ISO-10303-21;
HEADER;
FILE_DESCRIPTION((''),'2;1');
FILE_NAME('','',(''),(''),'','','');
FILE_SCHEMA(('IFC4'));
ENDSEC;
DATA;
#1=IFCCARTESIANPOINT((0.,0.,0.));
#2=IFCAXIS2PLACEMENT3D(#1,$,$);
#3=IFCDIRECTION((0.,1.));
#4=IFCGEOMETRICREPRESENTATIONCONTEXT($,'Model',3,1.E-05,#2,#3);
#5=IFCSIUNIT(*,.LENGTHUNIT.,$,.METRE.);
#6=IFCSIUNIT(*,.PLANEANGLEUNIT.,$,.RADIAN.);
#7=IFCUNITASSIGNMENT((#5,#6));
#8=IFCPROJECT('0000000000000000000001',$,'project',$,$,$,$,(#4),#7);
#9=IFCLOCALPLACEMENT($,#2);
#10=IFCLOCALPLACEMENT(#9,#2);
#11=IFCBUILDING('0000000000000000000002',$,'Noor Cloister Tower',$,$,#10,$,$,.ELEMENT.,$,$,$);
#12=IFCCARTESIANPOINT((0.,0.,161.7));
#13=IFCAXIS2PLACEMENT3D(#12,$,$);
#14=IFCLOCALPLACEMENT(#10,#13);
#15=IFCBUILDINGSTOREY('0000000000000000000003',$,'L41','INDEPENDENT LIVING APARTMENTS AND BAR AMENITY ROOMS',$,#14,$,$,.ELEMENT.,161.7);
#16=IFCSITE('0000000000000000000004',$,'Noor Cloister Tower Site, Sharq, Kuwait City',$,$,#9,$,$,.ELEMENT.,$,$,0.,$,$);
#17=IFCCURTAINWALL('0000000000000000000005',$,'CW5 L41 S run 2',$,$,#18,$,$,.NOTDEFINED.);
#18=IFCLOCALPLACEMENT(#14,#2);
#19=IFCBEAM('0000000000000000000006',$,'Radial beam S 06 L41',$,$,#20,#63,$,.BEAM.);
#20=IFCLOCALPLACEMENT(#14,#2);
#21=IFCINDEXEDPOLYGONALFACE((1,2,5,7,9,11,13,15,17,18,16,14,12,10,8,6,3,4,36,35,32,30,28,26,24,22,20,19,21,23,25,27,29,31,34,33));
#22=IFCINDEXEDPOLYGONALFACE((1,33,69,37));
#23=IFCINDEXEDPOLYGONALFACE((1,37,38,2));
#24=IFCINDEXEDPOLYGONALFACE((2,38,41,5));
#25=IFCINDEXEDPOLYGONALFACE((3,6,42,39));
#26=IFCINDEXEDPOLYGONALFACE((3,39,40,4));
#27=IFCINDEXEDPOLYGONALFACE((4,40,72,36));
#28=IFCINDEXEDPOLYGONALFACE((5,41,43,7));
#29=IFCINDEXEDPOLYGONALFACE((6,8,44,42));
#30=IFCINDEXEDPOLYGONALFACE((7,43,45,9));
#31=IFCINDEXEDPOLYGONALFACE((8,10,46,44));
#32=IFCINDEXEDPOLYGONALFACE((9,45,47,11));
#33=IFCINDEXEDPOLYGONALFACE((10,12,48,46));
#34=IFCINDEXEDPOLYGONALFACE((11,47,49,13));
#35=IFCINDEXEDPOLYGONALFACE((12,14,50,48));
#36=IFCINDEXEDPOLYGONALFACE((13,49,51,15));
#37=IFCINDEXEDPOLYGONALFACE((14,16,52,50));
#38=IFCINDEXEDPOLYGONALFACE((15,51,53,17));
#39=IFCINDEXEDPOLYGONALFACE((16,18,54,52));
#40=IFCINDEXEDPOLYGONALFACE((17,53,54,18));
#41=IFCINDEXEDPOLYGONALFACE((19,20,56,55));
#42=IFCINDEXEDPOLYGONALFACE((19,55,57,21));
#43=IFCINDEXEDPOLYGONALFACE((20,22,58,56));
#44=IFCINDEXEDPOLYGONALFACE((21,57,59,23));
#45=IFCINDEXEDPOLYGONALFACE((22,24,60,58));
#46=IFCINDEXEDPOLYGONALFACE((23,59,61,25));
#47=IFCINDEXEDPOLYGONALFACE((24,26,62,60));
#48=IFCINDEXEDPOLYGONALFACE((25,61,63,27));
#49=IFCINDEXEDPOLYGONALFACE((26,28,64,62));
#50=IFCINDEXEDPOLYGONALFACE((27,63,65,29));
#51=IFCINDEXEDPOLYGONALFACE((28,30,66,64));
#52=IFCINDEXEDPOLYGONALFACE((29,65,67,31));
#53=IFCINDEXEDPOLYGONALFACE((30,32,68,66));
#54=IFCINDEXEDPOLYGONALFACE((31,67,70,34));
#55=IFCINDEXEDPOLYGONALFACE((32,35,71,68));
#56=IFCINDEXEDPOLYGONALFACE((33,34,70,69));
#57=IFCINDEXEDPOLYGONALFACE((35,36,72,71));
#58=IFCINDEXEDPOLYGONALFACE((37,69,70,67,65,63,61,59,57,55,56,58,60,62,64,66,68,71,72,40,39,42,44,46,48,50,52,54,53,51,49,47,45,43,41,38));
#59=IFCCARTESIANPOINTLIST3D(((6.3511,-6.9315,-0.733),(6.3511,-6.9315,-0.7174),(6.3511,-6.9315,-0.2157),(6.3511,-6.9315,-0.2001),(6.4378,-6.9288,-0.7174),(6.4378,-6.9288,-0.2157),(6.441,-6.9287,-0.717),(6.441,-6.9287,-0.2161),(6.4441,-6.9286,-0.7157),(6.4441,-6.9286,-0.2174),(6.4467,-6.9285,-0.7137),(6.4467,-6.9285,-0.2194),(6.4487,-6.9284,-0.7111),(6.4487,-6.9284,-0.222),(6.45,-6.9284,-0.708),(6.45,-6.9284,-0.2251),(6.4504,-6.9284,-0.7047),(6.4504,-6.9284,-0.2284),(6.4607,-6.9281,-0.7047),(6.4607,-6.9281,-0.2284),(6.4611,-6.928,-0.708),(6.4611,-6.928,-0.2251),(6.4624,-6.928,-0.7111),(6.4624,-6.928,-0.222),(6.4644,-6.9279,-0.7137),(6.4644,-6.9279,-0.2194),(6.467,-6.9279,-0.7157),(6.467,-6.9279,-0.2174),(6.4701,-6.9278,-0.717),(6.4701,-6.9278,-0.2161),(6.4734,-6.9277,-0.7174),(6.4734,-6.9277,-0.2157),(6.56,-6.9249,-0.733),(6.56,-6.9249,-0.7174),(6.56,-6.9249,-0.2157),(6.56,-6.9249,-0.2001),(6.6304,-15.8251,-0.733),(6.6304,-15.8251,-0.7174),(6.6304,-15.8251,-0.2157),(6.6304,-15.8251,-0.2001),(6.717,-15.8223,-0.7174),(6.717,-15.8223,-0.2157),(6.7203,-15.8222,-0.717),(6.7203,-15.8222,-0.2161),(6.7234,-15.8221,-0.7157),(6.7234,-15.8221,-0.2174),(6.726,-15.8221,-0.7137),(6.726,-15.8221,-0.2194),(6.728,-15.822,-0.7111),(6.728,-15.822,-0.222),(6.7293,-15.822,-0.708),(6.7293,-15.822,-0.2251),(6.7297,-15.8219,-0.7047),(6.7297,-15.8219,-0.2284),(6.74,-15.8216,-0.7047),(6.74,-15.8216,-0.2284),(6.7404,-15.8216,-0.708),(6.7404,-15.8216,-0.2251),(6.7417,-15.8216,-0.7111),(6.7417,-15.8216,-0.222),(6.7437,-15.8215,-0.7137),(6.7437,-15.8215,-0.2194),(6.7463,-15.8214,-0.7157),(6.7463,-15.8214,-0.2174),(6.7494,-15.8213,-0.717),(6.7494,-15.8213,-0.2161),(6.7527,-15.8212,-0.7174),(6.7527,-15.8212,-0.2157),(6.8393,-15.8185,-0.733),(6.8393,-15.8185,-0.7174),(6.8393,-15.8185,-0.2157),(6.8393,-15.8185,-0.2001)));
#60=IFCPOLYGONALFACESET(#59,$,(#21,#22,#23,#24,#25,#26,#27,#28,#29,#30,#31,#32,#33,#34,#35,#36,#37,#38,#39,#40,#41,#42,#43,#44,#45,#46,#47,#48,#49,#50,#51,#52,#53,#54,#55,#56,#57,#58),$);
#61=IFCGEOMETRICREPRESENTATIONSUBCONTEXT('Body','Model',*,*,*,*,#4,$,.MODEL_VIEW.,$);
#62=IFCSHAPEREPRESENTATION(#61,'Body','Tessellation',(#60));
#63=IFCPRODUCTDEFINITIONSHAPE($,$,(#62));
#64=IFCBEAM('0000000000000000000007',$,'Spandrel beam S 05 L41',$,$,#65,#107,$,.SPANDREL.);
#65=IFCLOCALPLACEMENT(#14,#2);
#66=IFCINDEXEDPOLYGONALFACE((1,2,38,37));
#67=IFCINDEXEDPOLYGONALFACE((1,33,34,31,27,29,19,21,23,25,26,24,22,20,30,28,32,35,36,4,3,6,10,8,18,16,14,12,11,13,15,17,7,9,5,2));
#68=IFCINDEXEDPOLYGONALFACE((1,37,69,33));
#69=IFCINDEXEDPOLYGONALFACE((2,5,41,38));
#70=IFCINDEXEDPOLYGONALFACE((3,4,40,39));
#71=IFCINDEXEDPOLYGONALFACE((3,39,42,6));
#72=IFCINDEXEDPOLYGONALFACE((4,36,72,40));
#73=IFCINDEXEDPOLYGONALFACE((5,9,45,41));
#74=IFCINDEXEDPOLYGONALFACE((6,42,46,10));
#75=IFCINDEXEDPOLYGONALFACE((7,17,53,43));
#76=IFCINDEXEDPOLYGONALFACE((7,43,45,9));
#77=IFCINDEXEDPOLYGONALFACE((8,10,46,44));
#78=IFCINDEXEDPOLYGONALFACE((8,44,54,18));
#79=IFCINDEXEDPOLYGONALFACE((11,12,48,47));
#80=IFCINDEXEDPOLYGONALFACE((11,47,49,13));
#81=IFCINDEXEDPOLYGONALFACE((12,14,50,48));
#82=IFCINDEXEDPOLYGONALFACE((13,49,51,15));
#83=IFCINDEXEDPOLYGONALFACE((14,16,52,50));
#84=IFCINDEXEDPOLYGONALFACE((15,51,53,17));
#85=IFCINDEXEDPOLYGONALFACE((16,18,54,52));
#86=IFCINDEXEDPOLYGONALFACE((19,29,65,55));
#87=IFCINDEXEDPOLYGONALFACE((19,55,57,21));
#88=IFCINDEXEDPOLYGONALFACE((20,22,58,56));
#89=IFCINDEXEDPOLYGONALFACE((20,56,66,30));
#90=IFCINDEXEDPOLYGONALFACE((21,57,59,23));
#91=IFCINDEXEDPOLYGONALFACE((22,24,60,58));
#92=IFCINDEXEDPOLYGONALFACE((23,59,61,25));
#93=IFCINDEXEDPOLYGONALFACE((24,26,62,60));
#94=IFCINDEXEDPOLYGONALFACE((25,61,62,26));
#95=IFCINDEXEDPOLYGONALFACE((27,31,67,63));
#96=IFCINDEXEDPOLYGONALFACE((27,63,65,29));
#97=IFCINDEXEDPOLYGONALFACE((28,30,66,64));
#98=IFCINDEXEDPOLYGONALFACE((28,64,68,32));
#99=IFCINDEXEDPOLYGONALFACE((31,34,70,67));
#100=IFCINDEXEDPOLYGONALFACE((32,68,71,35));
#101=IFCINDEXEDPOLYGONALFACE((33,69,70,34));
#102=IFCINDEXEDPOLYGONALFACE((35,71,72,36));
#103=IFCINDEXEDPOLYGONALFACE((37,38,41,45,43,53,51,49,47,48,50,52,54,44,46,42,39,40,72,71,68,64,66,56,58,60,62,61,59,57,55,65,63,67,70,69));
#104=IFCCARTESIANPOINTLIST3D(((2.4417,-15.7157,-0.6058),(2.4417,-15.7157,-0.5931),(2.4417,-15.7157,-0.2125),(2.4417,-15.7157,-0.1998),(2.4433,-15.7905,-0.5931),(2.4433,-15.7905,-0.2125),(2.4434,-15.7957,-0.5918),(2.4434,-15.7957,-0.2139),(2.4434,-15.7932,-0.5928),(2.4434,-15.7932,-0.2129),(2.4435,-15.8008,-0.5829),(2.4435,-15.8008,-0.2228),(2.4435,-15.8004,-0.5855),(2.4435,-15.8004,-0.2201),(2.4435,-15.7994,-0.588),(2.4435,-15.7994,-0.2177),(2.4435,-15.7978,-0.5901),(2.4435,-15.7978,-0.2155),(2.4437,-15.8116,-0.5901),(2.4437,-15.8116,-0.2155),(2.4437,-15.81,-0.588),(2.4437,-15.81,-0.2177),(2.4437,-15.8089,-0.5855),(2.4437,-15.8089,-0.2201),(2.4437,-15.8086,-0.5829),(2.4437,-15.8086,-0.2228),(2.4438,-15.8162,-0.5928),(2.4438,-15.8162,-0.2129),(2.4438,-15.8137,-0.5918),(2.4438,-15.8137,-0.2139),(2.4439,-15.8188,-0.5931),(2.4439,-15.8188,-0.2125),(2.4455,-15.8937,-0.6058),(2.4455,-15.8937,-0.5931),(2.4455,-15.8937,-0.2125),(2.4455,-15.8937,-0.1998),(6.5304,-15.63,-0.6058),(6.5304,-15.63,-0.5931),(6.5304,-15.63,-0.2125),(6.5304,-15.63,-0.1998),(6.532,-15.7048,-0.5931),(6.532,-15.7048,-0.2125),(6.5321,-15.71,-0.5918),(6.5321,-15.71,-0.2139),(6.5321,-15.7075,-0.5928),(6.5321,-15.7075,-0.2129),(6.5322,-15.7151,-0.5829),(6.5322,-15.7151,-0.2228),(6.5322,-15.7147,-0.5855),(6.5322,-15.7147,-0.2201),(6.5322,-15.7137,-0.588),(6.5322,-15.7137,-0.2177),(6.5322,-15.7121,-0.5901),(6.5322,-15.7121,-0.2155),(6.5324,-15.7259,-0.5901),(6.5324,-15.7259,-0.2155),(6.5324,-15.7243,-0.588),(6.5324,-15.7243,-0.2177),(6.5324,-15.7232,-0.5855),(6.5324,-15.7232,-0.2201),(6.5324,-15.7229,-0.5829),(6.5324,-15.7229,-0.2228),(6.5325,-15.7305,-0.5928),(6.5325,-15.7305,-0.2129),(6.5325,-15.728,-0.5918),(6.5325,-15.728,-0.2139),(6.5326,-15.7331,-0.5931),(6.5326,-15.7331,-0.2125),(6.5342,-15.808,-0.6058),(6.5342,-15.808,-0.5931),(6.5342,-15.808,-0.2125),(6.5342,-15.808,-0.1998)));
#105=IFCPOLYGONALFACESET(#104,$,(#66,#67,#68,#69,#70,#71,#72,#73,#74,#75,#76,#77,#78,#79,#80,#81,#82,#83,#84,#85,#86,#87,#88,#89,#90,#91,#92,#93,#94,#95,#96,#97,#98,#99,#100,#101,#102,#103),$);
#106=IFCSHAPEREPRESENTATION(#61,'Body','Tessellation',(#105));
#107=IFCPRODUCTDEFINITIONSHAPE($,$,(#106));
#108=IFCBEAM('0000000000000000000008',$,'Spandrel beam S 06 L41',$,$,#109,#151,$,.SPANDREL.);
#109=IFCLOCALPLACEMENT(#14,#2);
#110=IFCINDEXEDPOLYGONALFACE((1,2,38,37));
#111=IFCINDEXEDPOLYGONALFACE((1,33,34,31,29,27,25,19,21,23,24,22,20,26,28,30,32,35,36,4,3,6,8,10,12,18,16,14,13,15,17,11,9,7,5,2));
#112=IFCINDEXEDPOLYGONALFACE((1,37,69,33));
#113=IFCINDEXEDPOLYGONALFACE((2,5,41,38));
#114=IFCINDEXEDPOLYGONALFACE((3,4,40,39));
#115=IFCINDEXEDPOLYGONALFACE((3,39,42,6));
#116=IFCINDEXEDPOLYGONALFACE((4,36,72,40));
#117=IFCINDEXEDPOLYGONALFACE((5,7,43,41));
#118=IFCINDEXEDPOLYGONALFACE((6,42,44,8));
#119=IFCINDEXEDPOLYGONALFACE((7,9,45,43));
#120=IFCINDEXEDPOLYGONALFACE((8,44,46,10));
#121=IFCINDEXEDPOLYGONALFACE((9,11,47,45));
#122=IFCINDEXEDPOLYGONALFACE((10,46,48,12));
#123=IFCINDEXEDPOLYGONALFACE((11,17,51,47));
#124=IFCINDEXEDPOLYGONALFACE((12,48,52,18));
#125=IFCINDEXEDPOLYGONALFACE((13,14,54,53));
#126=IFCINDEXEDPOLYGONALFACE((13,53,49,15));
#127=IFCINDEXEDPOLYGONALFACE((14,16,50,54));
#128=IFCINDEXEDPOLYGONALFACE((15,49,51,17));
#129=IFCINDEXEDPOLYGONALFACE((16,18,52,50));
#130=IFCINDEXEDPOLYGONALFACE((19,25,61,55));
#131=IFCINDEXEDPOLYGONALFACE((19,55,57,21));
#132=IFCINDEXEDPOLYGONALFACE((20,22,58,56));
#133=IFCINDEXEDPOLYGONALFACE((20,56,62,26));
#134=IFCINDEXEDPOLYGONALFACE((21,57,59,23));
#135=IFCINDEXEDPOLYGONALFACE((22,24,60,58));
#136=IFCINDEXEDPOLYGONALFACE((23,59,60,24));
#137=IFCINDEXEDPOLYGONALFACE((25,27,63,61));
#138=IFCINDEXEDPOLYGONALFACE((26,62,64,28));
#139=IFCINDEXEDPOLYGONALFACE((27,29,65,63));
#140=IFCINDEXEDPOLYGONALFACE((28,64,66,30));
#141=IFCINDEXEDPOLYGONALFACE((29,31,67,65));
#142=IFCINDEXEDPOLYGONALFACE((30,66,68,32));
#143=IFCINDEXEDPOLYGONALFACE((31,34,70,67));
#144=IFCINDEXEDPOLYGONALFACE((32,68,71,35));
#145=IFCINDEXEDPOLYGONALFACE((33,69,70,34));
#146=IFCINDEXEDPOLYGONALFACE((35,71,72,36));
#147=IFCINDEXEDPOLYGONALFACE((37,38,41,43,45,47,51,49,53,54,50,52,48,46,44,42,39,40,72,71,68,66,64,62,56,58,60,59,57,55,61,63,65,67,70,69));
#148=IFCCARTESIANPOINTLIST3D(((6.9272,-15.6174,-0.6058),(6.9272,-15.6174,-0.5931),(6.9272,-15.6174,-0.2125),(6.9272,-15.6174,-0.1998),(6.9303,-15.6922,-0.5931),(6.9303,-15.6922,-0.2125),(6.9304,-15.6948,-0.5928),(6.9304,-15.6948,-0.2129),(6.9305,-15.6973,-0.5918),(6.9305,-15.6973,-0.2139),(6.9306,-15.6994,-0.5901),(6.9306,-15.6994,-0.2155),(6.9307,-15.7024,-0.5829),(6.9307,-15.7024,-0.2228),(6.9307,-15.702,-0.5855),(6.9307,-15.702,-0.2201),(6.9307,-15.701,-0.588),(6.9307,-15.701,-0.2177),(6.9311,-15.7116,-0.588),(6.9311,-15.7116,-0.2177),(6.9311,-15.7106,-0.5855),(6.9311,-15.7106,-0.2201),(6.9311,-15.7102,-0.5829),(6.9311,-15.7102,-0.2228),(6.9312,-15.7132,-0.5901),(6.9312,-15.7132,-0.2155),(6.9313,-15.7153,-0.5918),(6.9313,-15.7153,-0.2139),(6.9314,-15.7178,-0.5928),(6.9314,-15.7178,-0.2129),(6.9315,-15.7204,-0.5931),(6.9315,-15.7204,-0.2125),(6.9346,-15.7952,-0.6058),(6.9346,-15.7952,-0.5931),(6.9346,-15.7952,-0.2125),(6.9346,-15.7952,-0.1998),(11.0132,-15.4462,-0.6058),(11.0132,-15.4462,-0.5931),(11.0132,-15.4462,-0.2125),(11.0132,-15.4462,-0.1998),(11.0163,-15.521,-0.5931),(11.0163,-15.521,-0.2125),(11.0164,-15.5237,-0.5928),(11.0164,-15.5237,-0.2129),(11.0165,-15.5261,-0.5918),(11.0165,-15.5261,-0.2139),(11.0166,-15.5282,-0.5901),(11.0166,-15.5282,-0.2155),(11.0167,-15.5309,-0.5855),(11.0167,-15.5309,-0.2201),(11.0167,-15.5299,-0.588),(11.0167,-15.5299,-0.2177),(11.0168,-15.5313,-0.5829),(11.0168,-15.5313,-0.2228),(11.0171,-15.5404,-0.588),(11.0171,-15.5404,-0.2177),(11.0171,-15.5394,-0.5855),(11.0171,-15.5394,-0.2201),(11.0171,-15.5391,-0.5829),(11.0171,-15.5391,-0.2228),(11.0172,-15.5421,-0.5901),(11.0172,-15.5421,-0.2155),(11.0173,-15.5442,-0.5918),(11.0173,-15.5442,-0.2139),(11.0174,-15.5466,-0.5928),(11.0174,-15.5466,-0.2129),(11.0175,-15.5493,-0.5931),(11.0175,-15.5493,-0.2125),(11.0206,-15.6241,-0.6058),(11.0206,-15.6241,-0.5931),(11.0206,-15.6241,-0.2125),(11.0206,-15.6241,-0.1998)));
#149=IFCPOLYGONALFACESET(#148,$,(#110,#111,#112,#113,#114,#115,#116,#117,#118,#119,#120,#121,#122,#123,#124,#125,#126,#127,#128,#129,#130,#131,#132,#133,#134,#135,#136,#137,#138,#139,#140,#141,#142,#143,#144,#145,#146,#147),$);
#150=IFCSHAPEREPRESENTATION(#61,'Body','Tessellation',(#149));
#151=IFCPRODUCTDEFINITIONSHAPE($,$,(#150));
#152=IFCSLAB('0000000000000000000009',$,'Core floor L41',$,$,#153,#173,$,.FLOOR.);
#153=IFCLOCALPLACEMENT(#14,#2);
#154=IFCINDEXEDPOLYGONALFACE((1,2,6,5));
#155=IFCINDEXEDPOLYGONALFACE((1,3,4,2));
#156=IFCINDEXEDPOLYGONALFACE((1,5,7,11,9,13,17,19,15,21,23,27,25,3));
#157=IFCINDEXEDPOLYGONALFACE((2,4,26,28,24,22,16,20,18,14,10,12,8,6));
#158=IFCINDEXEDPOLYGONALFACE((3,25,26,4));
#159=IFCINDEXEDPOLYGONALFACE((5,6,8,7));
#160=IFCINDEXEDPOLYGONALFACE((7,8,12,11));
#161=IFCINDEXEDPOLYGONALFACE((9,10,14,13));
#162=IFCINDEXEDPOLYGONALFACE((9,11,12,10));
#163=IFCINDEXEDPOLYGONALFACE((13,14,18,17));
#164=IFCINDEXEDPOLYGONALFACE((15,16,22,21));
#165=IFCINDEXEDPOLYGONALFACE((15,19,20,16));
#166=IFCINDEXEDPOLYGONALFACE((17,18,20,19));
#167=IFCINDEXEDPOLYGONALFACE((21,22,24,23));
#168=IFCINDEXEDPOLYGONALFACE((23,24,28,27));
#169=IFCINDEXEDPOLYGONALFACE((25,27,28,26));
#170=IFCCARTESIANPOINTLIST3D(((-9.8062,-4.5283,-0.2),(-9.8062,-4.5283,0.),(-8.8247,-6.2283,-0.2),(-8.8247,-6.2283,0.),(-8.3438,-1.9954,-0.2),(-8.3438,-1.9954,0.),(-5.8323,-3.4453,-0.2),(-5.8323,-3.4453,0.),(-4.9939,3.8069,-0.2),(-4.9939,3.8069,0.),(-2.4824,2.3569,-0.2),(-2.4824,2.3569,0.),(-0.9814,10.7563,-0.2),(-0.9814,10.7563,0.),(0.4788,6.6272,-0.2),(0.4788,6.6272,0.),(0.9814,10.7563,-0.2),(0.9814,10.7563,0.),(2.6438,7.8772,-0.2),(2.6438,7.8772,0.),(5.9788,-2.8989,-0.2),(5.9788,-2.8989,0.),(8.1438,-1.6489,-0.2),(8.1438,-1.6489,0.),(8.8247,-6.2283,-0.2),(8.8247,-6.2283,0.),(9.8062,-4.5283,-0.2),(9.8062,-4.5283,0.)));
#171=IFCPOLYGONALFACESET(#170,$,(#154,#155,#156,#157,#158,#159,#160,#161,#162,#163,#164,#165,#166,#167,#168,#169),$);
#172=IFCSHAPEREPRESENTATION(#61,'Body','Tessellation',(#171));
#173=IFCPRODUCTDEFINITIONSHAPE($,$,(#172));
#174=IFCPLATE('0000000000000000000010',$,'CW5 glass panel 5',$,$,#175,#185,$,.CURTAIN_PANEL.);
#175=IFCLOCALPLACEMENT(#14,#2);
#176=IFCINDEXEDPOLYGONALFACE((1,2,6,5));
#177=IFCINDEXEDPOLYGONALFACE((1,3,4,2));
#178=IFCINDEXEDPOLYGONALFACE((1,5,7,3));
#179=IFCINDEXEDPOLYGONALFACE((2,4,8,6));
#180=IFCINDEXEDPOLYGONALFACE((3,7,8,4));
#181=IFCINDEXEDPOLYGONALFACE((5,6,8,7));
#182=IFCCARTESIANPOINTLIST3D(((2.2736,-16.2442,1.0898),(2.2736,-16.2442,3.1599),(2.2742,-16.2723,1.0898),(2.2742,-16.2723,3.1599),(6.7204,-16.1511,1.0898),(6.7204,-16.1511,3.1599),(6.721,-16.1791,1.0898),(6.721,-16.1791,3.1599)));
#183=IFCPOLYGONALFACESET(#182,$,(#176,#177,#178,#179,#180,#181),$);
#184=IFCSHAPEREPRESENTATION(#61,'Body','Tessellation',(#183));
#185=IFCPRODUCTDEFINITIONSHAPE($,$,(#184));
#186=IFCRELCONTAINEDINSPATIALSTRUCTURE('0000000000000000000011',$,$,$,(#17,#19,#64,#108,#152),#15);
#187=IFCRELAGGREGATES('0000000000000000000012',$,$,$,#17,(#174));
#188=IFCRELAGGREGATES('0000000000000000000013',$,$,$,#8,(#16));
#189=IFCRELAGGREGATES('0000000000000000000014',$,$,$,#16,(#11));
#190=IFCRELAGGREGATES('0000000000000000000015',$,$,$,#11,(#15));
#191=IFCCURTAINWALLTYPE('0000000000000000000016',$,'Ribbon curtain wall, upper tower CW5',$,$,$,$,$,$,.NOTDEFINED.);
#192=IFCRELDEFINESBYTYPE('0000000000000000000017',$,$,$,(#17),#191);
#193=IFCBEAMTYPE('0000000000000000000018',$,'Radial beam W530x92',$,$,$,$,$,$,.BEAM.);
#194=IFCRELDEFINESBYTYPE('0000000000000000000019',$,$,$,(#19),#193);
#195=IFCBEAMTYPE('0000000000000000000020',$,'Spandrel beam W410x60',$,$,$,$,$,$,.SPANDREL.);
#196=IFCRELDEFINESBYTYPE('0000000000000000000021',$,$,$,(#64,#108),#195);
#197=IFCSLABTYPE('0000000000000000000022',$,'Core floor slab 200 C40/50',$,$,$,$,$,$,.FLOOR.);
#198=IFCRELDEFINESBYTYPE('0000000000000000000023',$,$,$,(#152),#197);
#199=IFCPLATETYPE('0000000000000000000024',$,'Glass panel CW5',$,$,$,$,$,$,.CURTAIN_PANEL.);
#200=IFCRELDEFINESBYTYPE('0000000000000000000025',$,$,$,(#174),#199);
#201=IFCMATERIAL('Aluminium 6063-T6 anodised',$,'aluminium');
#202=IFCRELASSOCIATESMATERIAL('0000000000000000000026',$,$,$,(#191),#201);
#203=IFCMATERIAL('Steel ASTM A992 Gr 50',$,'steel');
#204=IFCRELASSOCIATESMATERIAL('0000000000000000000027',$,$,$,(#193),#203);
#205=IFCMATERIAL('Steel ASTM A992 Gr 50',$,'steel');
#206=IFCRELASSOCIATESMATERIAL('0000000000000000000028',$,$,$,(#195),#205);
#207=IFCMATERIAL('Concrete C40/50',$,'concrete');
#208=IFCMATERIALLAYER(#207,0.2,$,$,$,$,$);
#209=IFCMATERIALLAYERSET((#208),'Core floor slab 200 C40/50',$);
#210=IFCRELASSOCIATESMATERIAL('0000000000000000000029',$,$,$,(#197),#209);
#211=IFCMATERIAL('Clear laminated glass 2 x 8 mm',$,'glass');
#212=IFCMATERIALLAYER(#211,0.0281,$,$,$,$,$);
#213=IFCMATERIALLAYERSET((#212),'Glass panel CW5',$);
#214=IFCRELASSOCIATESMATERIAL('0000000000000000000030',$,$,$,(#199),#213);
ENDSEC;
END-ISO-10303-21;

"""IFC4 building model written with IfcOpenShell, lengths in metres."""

from ifc_helpers import new_model, si_unit, direction, frame, origin, origin_2d, place, context, subcontext, project, spatial, polyline, rectangle, i_section, outline, extrude, material, layer, layer_set, material_profile, profile_set, type_object, element, aggregate, save


model = new_model("IFC4")

# Units and contexts
model_context = context("Model", 3, precision=1e-05, world=origin(), true_north=direction((0.0, 1.0)))
body_context = subcontext(model_context, "Body", "Model", "MODEL_VIEW")
ifc_project = project(units=[si_unit("LENGTHUNIT", "METRE"), si_unit("PLANEANGLEUNIT", "RADIAN")], contexts=[model_context])

# Site, building, storey
site_placement = place(None, origin())
site = spatial("IfcSite", under=ifc_project, at=site_placement, Name="Noor Cloister Tower Site, Sharq, Kuwait City", CompositionType="ELEMENT", RefElevation=0.0)
building_placement = place(site_placement, origin())
building = spatial("IfcBuilding", under=site, at=building_placement, Name="Noor Cloister Tower", CompositionType="ELEMENT")
storey_placement = place(building_placement, frame((0.0, 0.0, 161.7)))
storey = spatial("IfcBuildingStorey", under=building, at=storey_placement, Name="L41", Description="INDEPENDENT LIVING APARTMENTS AND BAR AMENITY ROOMS", CompositionType="ELEMENT", Elevation=161.7)

# Curtain wall
ifc_material_1 = material(Name="Aluminium 6063-T6 anodised", Category="aluminium")
curtain_wall_type = type_object("IfcCurtainWallType", Name="Ribbon curtain wall, upper tower CW5", PredefinedType="NOTDEFINED", material=ifc_material_1)
curtain_wall_placement = place(storey_placement, origin())
curtain_wall = element("IfcCurtainWall", 1, at=curtain_wall_placement, inside=storey, type_object=curtain_wall_type, Name="CW5 L41 S run 2", PredefinedType="NOTDEFINED")

# Beams
ifc_material_2 = material(Name="Steel ASTM A992 Gr 50", Category="steel")
ifc_material_profile_1 = material_profile(ifc_material_2, i_section(OverallWidth=0.209, OverallDepth=0.533, WebThickness=0.0103, FlangeThickness=0.0156, FilletRadius=0.0127, at=origin_2d()), Name="W530x92")
ifc_profile_set_1 = profile_set([ifc_material_profile_1], Name="Steel ASTM A992 Gr 50")
beam_type_1 = type_object("IfcBeamType", Name="Radial beam W530x92", PredefinedType="BEAM", material=ifc_profile_set_1)
beam_1_placement = place(storey_placement, frame((6.7349, -15.8218, -0.4666), z_axis=(-0.031389, 0.999507, 0.0), x_axis=(-0.999507, -0.031389, 0.0)))
element("IfcBeam", 2, at=beam_1_placement, inside=storey, type_object=beam_type_1, Name="Radial beam S 06 L41", PredefinedType="BEAM", context=body_context, shape_type="SweptSolid", body=[
    extrude(i_section(OverallWidth=0.209, OverallDepth=0.533, WebThickness=0.0103, FlangeThickness=0.0156, FilletRadius=0.0127, at=origin_2d()), origin(), (0.0, 0.0, 1.0), 8.8979),
])
ifc_material_3 = material(Name="Steel ASTM A992 Gr 50", Category="steel")
ifc_material_profile_2 = material_profile(ifc_material_3, i_section(OverallWidth=0.178, OverallDepth=0.406, WebThickness=0.0078, FlangeThickness=0.0127, FilletRadius=0.0103, at=origin_2d()), Name="W410x60")
ifc_profile_set_2 = profile_set([ifc_material_profile_2], Name="Steel ASTM A992 Gr 50")
beam_type_2 = type_object("IfcBeamType", Name="Spandrel beam W410x60", PredefinedType="SPANDREL", material=ifc_profile_set_2)
for number, where, z_axis, x_axis, name in (
    (3, (2.4436, -15.8047, -0.4028), (0.99978, 0.020954, 0.0), (-0.020954, 0.99978, 0.0), "Spandrel beam S 05 L41"),
    (4, (6.9309, -15.7063, -0.4028), (0.999124, 0.041849, 0.0), (-0.041849, 0.999124, 0.0), "Spandrel beam S 06 L41"),
):
    element("IfcBeam", number, at=place(storey_placement, frame(where, z_axis=z_axis, x_axis=x_axis)), inside=storey, type_object=beam_type_2, Name=name, PredefinedType="SPANDREL", context=body_context, shape_type="SweptSolid", body=[
        extrude(i_section(OverallWidth=0.178, OverallDepth=0.406, WebThickness=0.0078, FlangeThickness=0.0127, FilletRadius=0.0103, at=origin_2d()), origin(), (0.0, 0.0, 1.0), 4.0896),
    ])

# Slab
ifc_material_4 = material(Name="Concrete C40/50", Category="concrete")
ifc_layer_1 = layer(ifc_material_4, 0.2)
ifc_layer_set_1 = layer_set([ifc_layer_1], Name="Core floor slab 200 C40/50")
slab_type_1 = type_object("IfcSlabType", Name="Core floor slab 200 C40/50", PredefinedType="FLOOR", material=ifc_layer_set_1)
slab_1_placement = place(storey_placement, frame((0.0, 0.0, -0.2)))
element("IfcSlab", 5, at=slab_1_placement, inside=storey, type_object=slab_type_1, Name="Core floor L41", PredefinedType="FLOOR", context=body_context, shape_type="SweptSolid", body=[
    extrude(outline(polyline([(2.6438, 7.8772), (0.9814, 10.7563), (-0.9814, 10.7563), (-4.9939, 3.8069), (-2.4824, 2.3569), (-5.8323, -3.4453), (-8.3438, -1.9954), (-9.8062, -4.5283), (-8.8247, -6.2283), (8.8247, -6.2283), (9.8062, -4.5283), (8.1438, -1.6489), (5.9788, -2.8989), (0.4788, 6.6272), (2.6438, 7.8772)])), origin(), (0.0, 0.0, 1.0), 0.2),
])

# Plate
ifc_material_5 = material(Name="Clear laminated glass 2 x 8 mm", Category="glass")
ifc_layer_2 = layer(ifc_material_5, 0.0281)
ifc_layer_set_2 = layer_set([ifc_layer_2], Name="Glass panel CW5")
plate_type = type_object("IfcPlateType", Name="Glass panel CW5", PredefinedType="CURTAIN_PANEL", material=ifc_layer_set_2)
plate_1_placement = place(storey_placement, frame((4.4973, -16.2117, 1.0898), z_axis=(0.0, 0.0, 1.0), x_axis=(0.999781, 0.020945, 0.0)))
plate_1 = element("IfcPlate", 6, at=plate_1_placement, type_object=plate_type, Name="CW5 glass panel 5", PredefinedType="CURTAIN_PANEL", context=body_context, shape_type="SweptSolid", body=[
    extrude(rectangle(XDim=4.4478, YDim=0.0281, at=origin_2d()), origin(), (0.0, 0.0, 1.0), 2.0701),
])
aggregate(curtain_wall, [plate_1])

save(model, "model.ifc")
